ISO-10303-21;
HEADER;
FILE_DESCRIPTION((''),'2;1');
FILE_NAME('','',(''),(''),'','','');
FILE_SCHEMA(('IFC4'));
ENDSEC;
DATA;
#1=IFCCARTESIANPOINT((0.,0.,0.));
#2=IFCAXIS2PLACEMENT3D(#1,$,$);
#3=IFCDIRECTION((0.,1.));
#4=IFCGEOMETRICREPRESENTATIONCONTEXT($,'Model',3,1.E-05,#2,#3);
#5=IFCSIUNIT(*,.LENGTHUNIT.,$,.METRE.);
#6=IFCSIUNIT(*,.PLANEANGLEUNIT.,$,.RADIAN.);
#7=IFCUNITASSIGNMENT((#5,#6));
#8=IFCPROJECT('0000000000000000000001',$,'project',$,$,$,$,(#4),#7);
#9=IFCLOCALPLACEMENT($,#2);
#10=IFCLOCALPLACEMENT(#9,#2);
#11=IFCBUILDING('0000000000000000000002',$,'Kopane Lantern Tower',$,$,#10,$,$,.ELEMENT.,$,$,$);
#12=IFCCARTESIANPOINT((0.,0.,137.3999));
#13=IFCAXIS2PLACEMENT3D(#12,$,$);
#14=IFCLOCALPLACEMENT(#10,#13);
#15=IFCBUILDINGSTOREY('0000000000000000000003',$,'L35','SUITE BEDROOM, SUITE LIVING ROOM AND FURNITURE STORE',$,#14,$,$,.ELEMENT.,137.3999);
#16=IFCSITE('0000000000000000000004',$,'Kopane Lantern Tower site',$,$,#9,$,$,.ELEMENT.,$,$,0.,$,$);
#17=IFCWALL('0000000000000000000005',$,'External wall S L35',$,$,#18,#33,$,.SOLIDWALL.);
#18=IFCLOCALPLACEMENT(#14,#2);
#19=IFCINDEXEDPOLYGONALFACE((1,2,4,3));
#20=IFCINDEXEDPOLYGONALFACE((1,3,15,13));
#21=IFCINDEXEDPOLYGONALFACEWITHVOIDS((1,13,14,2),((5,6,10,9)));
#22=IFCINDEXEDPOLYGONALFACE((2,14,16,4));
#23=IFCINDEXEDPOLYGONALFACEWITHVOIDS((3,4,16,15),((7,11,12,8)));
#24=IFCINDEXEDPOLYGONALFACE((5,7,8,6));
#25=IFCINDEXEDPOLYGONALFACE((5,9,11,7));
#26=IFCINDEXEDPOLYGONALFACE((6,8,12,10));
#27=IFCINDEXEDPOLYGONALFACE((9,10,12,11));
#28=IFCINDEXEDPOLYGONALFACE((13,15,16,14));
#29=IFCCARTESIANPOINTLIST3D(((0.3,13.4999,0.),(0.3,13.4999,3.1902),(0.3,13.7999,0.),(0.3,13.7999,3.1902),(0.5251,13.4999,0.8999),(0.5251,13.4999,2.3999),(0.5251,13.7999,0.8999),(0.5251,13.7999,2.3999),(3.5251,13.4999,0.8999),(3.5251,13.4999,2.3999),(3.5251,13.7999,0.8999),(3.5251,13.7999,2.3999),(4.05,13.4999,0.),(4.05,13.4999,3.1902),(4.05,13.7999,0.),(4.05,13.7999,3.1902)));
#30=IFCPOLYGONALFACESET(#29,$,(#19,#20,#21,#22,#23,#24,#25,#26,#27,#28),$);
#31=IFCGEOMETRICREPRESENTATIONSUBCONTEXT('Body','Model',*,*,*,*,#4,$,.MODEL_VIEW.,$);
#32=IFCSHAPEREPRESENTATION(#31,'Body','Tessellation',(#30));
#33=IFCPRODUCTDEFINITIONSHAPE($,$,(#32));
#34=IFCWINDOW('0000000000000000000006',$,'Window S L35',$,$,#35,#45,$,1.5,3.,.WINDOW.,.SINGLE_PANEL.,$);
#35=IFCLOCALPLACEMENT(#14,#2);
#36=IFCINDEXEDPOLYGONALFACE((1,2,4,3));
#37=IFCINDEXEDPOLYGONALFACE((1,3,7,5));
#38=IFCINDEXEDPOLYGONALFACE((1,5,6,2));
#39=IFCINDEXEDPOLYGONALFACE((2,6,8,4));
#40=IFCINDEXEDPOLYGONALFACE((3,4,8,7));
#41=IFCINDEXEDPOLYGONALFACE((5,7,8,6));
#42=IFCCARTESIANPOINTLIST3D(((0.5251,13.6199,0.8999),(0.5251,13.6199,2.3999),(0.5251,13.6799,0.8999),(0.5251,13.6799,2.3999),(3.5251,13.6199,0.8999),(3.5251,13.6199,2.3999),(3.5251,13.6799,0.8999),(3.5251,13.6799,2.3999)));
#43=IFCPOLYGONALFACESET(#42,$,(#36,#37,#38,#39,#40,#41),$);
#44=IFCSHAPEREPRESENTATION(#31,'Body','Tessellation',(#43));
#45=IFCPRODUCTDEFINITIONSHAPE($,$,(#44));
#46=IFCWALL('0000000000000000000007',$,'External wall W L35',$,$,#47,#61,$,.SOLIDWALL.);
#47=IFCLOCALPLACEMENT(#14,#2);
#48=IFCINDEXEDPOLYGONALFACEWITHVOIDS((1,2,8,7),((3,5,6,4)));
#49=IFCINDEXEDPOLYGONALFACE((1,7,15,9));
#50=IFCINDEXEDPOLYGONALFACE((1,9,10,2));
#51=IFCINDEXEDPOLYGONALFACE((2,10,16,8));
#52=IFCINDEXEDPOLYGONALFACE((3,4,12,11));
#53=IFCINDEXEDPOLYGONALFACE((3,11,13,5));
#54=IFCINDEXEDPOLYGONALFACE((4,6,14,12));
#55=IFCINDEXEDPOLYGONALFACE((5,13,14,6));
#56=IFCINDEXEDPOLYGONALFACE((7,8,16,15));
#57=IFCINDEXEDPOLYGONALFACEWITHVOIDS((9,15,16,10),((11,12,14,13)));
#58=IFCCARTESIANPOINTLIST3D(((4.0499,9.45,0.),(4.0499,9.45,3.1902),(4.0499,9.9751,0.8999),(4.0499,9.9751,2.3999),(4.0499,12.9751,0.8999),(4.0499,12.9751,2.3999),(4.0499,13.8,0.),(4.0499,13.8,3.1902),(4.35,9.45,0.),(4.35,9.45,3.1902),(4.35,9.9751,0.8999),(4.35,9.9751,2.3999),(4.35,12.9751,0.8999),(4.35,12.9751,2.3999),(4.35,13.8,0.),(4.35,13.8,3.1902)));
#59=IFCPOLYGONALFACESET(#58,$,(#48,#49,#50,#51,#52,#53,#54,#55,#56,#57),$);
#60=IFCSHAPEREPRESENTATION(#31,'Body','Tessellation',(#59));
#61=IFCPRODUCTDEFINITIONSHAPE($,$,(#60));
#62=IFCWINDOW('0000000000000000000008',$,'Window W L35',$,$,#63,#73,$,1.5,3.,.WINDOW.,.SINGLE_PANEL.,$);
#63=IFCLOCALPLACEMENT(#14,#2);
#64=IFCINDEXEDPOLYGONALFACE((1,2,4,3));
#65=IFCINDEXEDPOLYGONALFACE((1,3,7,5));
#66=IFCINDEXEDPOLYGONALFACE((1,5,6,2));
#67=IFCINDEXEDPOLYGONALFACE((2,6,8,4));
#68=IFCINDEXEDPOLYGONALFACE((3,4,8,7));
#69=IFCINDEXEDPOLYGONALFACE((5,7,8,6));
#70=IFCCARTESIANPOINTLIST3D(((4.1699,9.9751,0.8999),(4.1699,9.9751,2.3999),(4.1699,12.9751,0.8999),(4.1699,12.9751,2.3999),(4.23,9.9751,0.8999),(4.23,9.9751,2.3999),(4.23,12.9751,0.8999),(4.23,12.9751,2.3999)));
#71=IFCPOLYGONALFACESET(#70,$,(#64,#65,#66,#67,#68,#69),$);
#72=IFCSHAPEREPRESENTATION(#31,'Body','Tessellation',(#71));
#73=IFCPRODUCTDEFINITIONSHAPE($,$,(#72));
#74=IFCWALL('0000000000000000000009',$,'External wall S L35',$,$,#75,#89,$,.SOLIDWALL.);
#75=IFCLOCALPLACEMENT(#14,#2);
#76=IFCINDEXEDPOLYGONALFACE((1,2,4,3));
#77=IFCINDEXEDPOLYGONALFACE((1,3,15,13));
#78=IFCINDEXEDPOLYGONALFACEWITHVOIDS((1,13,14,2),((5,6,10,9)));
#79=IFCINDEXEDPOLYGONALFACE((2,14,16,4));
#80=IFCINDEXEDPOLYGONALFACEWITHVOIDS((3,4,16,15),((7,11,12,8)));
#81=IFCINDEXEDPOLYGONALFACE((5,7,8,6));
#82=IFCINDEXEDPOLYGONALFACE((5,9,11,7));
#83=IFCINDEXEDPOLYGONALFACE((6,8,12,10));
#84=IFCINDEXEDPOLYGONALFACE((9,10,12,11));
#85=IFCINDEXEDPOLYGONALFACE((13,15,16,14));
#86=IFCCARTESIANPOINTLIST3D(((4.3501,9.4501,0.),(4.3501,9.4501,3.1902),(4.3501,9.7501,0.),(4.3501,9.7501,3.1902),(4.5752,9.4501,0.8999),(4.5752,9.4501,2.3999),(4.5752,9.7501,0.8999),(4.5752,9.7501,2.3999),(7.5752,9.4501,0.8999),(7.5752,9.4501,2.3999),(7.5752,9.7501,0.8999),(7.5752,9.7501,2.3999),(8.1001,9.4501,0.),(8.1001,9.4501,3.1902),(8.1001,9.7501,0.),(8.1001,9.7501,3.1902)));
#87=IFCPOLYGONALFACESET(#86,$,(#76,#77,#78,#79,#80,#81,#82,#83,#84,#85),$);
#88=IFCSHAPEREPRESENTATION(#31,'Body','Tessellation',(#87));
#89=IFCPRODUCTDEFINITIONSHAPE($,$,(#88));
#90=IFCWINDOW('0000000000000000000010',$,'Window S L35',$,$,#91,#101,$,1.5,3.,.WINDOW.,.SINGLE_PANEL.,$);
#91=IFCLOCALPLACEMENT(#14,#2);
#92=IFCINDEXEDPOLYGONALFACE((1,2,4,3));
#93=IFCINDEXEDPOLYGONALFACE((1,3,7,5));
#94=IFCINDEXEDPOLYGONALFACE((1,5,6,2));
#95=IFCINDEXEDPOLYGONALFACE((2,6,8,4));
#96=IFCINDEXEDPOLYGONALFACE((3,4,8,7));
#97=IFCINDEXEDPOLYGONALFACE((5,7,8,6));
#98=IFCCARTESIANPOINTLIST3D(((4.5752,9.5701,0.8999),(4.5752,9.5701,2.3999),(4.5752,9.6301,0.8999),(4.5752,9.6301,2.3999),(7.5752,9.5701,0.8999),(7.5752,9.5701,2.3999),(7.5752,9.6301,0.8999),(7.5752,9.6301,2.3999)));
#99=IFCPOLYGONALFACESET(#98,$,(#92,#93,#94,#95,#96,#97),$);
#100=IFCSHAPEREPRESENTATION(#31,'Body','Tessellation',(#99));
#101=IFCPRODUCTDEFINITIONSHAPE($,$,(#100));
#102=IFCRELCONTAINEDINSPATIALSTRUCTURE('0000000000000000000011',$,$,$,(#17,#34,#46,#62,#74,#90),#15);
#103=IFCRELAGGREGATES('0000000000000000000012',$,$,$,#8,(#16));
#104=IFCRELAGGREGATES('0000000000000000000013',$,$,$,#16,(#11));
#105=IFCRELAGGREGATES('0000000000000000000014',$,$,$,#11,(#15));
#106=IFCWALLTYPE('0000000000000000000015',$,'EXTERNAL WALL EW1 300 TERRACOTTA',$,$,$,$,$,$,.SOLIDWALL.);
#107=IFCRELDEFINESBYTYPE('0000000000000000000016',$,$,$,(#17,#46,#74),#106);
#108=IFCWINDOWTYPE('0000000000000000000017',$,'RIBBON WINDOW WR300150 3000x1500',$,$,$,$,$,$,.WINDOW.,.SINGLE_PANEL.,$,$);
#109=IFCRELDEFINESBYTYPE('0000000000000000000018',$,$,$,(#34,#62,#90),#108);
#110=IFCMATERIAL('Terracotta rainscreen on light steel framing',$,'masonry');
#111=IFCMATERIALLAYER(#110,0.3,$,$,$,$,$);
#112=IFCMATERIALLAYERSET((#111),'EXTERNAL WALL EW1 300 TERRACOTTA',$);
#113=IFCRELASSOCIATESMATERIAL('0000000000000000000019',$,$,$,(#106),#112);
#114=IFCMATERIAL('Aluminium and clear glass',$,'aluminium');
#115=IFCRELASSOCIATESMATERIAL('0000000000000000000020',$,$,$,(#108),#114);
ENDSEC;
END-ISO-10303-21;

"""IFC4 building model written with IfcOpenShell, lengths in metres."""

from ifc_helpers import new_model, si_unit, direction, frame, frame_2d, origin, place, context, subcontext, project, spatial, rectangle, extrude, material, layer, layer_set, type_object, element, fill, save


model = new_model("IFC4")

# Units and contexts
model_context = context("Model", 3, precision=1e-05, world=origin(), true_north=direction((0.0, 1.0)))
body_context = subcontext(model_context, "Body", "Model", "MODEL_VIEW")
ifc_project = project(units=[si_unit("LENGTHUNIT", "METRE"), si_unit("PLANEANGLEUNIT", "RADIAN")], contexts=[model_context])

# Site, building, storey
site_placement = place(None, origin())
site = spatial("IfcSite", under=ifc_project, at=site_placement, Name="Kopane Lantern Tower site", CompositionType="ELEMENT", RefElevation=0.0)
building_placement = place(site_placement, origin())
building = spatial("IfcBuilding", under=site, at=building_placement, Name="Kopane Lantern Tower", CompositionType="ELEMENT")
storey_placement = place(building_placement, frame((0.0, 0.0, 137.3999)))
storey = spatial("IfcBuildingStorey", under=building, at=storey_placement, Name="L35", Description="SUITE BEDROOM, SUITE LIVING ROOM AND FURNITURE STORE", CompositionType="ELEMENT", Elevation=137.3999)

# Walls, openings, windows
ifc_material_1 = material(Name="Terracotta rainscreen on light steel framing", Category="masonry")
ifc_layer_1 = layer(ifc_material_1, 0.3)
ifc_layer_set_1 = layer_set([ifc_layer_1], Name="EXTERNAL WALL EW1 300 TERRACOTTA")
wall_type_1 = type_object("IfcWallType", Name="EXTERNAL WALL EW1 300 TERRACOTTA", PredefinedType="SOLIDWALL", material=ifc_layer_set_1)
wall_1_placement = place(storey_placement, frame((0.3, 13.6499, 0.0), z_axis=(0.0, 0.0, 1.0), x_axis=(1.0, 0.0, 0.0)))
wall_1 = element("IfcWall", 1, at=wall_1_placement, inside=storey, type_object=wall_type_1, Name="External wall S L35", PredefinedType="SOLIDWALL", context=body_context, shape_type="SweptSolid", body=[
    extrude(rectangle(XDim=3.75, YDim=0.3, at=frame_2d((1.875, 0.0))), origin(), (0.0, 0.0, 1.0), 3.1902),
])
opening_1_placement = place(wall_1_placement, frame((0.2251, 0.0, 0.8999)))
opening_1 = element("IfcOpeningElement", 2, at=opening_1_placement, cuts=wall_1, PredefinedType="OPENING", context=body_context, shape_type="SweptSolid", body=[
    extrude(rectangle(XDim=3.0, YDim=1.5, at=frame_2d((1.5, 0.75))), frame((0.0, 0.1599, 0.0), z_axis=(0.0, -1.0, 0.0), x_axis=(1.0, 0.0, 0.0)), (0.0, 0.0, 1.0), 0.3201),
])
ifc_material_2 = material(Name="Aluminium and clear glass", Category="aluminium")
window_type = type_object("IfcWindowType", Name="RIBBON WINDOW WR300150 3000x1500", PartitioningType="SINGLE_PANEL", PredefinedType="WINDOW", material=ifc_material_2)
window_1_placement = place(opening_1_placement, origin())
window_1 = element("IfcWindow", 3, at=window_1_placement, inside=storey, type_object=window_type, Name="Window S L35", OverallHeight=1.5, OverallWidth=3.0, PartitioningType="SINGLE_PANEL", PredefinedType="WINDOW", context=body_context, shape_type="SweptSolid", body=[
    extrude(rectangle(XDim=3.0, YDim=1.5, at=frame_2d((1.5, 0.75))), frame((0.0, 0.03, 0.0), z_axis=(0.0, -1.0, 0.0), x_axis=(1.0, 0.0, 0.0)), (0.0, 0.0, 1.0), 0.0601),
])
fill(opening_1, window_1)
wall_2_placement = place(storey_placement, frame((4.2, 13.8, 0.0), z_axis=(0.0, 0.0, 1.0), x_axis=(0.0, -1.0, 0.0)))
wall_2 = element("IfcWall", 4, at=wall_2_placement, inside=storey, type_object=wall_type_1, Name="External wall W L35", PredefinedType="SOLIDWALL", context=body_context, shape_type="SweptSolid", body=[
    extrude(rectangle(XDim=4.3501, YDim=0.3, at=frame_2d((2.175, 0.0))), origin(), (0.0, 0.0, 1.0), 3.1902),
])
opening_2_placement = place(wall_2_placement, frame((0.825, 0.0, 0.8999)))
opening_2 = element("IfcOpeningElement", 5, at=opening_2_placement, cuts=wall_2, PredefinedType="OPENING", context=body_context, shape_type="SweptSolid", body=[
    extrude(rectangle(XDim=3.0, YDim=1.5, at=frame_2d((1.5, 0.75))), frame((0.0, 0.1599, 0.0), z_axis=(0.0, -1.0, 0.0), x_axis=(1.0, 0.0, 0.0)), (0.0, 0.0, 1.0), 0.3201),
])
window_2_placement = place(opening_2_placement, origin())
window_2 = element("IfcWindow", 6, at=window_2_placement, inside=storey, type_object=window_type, Name="Window W L35", OverallHeight=1.5, OverallWidth=3.0, PartitioningType="SINGLE_PANEL", PredefinedType="WINDOW", context=body_context, shape_type="SweptSolid", body=[
    extrude(rectangle(XDim=3.0, YDim=1.5, at=frame_2d((1.5, 0.75))), frame((0.0, 0.03, 0.0), z_axis=(0.0, -1.0, 0.0), x_axis=(1.0, 0.0, 0.0)), (0.0, 0.0, 1.0), 0.0601),
])
fill(opening_2, window_2)
wall_3_placement = place(storey_placement, frame((4.3501, 9.6001, 0.0), z_axis=(0.0, 0.0, 1.0), x_axis=(1.0, 0.0, 0.0)))
wall_3 = element("IfcWall", 7, at=wall_3_placement, inside=storey, type_object=wall_type_1, Name="External wall S L35", PredefinedType="SOLIDWALL", context=body_context, shape_type="SweptSolid", body=[
    extrude(rectangle(XDim=3.75, YDim=0.3, at=frame_2d((1.875, 0.0))), origin(), (0.0, 0.0, 1.0), 3.1902),
])
opening_3_placement = place(wall_3_placement, frame((0.2251, 0.0, 0.8999)))
opening_3 = element("IfcOpeningElement", 8, at=opening_3_placement, cuts=wall_3, PredefinedType="OPENING", context=body_context, shape_type="SweptSolid", body=[
    extrude(rectangle(XDim=3.0, YDim=1.5, at=frame_2d((1.5, 0.75))), frame((0.0, 0.1599, 0.0), z_axis=(0.0, -1.0, 0.0), x_axis=(1.0, 0.0, 0.0)), (0.0, 0.0, 1.0), 0.3201),
])
window_3_placement = place(opening_3_placement, origin())
window_3 = element("IfcWindow", 9, at=window_3_placement, inside=storey, type_object=window_type, Name="Window S L35", OverallHeight=1.5, OverallWidth=3.0, PartitioningType="SINGLE_PANEL", PredefinedType="WINDOW", context=body_context, shape_type="SweptSolid", body=[
    extrude(rectangle(XDim=3.0, YDim=1.5, at=frame_2d((1.5, 0.75))), frame((0.0, 0.03, 0.0), z_axis=(0.0, -1.0, 0.0), x_axis=(1.0, 0.0, 0.0)), (0.0, 0.0, 1.0), 0.0601),
])
fill(opening_3, window_3)

save(model, "model.ifc")
